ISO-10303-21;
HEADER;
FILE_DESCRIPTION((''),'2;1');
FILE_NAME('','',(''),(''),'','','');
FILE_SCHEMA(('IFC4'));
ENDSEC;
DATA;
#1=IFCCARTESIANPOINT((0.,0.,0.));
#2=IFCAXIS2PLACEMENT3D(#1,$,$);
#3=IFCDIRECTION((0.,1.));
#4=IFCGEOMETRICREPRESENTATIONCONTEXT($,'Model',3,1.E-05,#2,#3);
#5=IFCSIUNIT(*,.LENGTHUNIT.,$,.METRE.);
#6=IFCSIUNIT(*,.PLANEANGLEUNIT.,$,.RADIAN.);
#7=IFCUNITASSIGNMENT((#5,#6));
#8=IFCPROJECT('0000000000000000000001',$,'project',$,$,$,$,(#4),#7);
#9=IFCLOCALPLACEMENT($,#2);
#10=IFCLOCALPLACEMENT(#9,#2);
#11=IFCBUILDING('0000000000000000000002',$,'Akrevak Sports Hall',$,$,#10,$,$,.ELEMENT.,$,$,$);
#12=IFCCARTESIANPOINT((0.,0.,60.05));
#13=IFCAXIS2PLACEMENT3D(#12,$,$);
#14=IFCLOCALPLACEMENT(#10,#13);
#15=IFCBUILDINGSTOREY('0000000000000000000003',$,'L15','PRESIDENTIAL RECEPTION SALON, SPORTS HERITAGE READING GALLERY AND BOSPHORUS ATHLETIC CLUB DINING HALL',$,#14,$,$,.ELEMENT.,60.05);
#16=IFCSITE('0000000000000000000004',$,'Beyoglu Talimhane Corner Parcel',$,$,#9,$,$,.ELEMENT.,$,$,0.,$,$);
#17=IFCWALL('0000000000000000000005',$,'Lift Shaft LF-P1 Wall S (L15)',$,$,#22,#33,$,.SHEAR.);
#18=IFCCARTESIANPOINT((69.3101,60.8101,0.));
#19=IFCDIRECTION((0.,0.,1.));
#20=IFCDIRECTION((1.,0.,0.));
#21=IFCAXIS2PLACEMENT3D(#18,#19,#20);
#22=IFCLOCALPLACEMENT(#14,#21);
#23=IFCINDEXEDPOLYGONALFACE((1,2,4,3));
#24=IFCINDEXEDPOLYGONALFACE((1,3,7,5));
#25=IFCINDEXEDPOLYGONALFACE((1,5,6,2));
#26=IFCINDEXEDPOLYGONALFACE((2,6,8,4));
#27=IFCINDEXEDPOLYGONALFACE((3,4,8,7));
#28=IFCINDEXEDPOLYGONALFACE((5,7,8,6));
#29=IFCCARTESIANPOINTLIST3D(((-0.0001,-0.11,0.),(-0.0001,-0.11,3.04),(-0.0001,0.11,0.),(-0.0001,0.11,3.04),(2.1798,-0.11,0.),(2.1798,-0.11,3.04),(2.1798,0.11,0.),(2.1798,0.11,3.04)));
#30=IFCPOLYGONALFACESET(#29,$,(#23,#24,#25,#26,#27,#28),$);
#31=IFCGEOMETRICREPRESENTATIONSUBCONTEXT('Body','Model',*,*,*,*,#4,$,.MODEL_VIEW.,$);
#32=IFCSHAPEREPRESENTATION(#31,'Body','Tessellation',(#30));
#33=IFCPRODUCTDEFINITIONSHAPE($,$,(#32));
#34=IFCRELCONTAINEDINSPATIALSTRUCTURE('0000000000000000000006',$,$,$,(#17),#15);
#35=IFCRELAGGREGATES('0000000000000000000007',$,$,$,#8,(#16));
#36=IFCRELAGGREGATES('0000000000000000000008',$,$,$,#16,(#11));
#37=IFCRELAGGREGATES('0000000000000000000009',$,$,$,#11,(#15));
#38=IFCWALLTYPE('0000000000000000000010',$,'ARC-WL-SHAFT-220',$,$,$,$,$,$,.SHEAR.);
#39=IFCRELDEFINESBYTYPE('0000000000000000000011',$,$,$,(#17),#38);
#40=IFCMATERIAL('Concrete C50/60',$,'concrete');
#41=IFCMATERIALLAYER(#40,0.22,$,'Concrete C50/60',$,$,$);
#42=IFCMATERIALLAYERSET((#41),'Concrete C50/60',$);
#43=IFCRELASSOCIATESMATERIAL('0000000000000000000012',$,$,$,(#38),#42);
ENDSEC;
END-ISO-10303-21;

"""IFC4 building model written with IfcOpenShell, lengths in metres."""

from ifc_helpers import new_model, si_unit, direction, frame, frame_2d, origin, place, context, subcontext, project, spatial, rectangle, extrude, material, layer, layer_set, type_object, element, save


model = new_model("IFC4")

# Units and contexts
model_context = context("Model", 3, precision=1e-05, world=origin(), true_north=direction((0.0, 1.0)))
body_context = subcontext(model_context, "Body", "Model", "MODEL_VIEW")
ifc_project = project(units=[si_unit("LENGTHUNIT", "METRE"), si_unit("PLANEANGLEUNIT", "RADIAN")], contexts=[model_context])

# Site, building, storey
site_placement = place(None, origin())
site = spatial("IfcSite", under=ifc_project, at=site_placement, Name="Beyoglu Talimhane Corner Parcel", CompositionType="ELEMENT", RefElevation=0.0)
building_placement = place(site_placement, origin())
building = spatial("IfcBuilding", under=site, at=building_placement, Name="Akrevak Sports Hall", CompositionType="ELEMENT")
storey_placement = place(building_placement, frame((0.0, 0.0, 60.05)))
storey = spatial("IfcBuildingStorey", under=building, at=storey_placement, Name="L15", Description="PRESIDENTIAL RECEPTION SALON, SPORTS HERITAGE READING GALLERY AND BOSPHORUS ATHLETIC CLUB DINING HALL", CompositionType="ELEMENT", Elevation=60.05)

# Wall
ifc_material_1 = material(Name="Concrete C50/60", Category="concrete")
ifc_layer_1 = layer(ifc_material_1, 0.22, Name="Concrete C50/60")
ifc_layer_set_1 = layer_set([ifc_layer_1], Name="Concrete C50/60")
wall_type_1 = type_object("IfcWallType", Name="ARC-WL-SHAFT-220", PredefinedType="SHEAR", material=ifc_layer_set_1)
wall_1_placement = place(storey_placement, frame((69.3101, 60.8101, 0.0), z_axis=(0.0, 0.0, 1.0), x_axis=(1.0, 0.0, 0.0)))
element("IfcWall", 1, at=wall_1_placement, inside=storey, type_object=wall_type_1, Name="Lift Shaft LF-P1 Wall S (L15)", PredefinedType="SHEAR", context=body_context, shape_type="SweptSolid", body=[
    extrude(rectangle(XDim=2.1799, YDim=0.22, at=frame_2d((1.0898, 0.0))), origin(), (0.0, 0.0, 1.0), 3.04),
])

save(model, "model.ifc")
